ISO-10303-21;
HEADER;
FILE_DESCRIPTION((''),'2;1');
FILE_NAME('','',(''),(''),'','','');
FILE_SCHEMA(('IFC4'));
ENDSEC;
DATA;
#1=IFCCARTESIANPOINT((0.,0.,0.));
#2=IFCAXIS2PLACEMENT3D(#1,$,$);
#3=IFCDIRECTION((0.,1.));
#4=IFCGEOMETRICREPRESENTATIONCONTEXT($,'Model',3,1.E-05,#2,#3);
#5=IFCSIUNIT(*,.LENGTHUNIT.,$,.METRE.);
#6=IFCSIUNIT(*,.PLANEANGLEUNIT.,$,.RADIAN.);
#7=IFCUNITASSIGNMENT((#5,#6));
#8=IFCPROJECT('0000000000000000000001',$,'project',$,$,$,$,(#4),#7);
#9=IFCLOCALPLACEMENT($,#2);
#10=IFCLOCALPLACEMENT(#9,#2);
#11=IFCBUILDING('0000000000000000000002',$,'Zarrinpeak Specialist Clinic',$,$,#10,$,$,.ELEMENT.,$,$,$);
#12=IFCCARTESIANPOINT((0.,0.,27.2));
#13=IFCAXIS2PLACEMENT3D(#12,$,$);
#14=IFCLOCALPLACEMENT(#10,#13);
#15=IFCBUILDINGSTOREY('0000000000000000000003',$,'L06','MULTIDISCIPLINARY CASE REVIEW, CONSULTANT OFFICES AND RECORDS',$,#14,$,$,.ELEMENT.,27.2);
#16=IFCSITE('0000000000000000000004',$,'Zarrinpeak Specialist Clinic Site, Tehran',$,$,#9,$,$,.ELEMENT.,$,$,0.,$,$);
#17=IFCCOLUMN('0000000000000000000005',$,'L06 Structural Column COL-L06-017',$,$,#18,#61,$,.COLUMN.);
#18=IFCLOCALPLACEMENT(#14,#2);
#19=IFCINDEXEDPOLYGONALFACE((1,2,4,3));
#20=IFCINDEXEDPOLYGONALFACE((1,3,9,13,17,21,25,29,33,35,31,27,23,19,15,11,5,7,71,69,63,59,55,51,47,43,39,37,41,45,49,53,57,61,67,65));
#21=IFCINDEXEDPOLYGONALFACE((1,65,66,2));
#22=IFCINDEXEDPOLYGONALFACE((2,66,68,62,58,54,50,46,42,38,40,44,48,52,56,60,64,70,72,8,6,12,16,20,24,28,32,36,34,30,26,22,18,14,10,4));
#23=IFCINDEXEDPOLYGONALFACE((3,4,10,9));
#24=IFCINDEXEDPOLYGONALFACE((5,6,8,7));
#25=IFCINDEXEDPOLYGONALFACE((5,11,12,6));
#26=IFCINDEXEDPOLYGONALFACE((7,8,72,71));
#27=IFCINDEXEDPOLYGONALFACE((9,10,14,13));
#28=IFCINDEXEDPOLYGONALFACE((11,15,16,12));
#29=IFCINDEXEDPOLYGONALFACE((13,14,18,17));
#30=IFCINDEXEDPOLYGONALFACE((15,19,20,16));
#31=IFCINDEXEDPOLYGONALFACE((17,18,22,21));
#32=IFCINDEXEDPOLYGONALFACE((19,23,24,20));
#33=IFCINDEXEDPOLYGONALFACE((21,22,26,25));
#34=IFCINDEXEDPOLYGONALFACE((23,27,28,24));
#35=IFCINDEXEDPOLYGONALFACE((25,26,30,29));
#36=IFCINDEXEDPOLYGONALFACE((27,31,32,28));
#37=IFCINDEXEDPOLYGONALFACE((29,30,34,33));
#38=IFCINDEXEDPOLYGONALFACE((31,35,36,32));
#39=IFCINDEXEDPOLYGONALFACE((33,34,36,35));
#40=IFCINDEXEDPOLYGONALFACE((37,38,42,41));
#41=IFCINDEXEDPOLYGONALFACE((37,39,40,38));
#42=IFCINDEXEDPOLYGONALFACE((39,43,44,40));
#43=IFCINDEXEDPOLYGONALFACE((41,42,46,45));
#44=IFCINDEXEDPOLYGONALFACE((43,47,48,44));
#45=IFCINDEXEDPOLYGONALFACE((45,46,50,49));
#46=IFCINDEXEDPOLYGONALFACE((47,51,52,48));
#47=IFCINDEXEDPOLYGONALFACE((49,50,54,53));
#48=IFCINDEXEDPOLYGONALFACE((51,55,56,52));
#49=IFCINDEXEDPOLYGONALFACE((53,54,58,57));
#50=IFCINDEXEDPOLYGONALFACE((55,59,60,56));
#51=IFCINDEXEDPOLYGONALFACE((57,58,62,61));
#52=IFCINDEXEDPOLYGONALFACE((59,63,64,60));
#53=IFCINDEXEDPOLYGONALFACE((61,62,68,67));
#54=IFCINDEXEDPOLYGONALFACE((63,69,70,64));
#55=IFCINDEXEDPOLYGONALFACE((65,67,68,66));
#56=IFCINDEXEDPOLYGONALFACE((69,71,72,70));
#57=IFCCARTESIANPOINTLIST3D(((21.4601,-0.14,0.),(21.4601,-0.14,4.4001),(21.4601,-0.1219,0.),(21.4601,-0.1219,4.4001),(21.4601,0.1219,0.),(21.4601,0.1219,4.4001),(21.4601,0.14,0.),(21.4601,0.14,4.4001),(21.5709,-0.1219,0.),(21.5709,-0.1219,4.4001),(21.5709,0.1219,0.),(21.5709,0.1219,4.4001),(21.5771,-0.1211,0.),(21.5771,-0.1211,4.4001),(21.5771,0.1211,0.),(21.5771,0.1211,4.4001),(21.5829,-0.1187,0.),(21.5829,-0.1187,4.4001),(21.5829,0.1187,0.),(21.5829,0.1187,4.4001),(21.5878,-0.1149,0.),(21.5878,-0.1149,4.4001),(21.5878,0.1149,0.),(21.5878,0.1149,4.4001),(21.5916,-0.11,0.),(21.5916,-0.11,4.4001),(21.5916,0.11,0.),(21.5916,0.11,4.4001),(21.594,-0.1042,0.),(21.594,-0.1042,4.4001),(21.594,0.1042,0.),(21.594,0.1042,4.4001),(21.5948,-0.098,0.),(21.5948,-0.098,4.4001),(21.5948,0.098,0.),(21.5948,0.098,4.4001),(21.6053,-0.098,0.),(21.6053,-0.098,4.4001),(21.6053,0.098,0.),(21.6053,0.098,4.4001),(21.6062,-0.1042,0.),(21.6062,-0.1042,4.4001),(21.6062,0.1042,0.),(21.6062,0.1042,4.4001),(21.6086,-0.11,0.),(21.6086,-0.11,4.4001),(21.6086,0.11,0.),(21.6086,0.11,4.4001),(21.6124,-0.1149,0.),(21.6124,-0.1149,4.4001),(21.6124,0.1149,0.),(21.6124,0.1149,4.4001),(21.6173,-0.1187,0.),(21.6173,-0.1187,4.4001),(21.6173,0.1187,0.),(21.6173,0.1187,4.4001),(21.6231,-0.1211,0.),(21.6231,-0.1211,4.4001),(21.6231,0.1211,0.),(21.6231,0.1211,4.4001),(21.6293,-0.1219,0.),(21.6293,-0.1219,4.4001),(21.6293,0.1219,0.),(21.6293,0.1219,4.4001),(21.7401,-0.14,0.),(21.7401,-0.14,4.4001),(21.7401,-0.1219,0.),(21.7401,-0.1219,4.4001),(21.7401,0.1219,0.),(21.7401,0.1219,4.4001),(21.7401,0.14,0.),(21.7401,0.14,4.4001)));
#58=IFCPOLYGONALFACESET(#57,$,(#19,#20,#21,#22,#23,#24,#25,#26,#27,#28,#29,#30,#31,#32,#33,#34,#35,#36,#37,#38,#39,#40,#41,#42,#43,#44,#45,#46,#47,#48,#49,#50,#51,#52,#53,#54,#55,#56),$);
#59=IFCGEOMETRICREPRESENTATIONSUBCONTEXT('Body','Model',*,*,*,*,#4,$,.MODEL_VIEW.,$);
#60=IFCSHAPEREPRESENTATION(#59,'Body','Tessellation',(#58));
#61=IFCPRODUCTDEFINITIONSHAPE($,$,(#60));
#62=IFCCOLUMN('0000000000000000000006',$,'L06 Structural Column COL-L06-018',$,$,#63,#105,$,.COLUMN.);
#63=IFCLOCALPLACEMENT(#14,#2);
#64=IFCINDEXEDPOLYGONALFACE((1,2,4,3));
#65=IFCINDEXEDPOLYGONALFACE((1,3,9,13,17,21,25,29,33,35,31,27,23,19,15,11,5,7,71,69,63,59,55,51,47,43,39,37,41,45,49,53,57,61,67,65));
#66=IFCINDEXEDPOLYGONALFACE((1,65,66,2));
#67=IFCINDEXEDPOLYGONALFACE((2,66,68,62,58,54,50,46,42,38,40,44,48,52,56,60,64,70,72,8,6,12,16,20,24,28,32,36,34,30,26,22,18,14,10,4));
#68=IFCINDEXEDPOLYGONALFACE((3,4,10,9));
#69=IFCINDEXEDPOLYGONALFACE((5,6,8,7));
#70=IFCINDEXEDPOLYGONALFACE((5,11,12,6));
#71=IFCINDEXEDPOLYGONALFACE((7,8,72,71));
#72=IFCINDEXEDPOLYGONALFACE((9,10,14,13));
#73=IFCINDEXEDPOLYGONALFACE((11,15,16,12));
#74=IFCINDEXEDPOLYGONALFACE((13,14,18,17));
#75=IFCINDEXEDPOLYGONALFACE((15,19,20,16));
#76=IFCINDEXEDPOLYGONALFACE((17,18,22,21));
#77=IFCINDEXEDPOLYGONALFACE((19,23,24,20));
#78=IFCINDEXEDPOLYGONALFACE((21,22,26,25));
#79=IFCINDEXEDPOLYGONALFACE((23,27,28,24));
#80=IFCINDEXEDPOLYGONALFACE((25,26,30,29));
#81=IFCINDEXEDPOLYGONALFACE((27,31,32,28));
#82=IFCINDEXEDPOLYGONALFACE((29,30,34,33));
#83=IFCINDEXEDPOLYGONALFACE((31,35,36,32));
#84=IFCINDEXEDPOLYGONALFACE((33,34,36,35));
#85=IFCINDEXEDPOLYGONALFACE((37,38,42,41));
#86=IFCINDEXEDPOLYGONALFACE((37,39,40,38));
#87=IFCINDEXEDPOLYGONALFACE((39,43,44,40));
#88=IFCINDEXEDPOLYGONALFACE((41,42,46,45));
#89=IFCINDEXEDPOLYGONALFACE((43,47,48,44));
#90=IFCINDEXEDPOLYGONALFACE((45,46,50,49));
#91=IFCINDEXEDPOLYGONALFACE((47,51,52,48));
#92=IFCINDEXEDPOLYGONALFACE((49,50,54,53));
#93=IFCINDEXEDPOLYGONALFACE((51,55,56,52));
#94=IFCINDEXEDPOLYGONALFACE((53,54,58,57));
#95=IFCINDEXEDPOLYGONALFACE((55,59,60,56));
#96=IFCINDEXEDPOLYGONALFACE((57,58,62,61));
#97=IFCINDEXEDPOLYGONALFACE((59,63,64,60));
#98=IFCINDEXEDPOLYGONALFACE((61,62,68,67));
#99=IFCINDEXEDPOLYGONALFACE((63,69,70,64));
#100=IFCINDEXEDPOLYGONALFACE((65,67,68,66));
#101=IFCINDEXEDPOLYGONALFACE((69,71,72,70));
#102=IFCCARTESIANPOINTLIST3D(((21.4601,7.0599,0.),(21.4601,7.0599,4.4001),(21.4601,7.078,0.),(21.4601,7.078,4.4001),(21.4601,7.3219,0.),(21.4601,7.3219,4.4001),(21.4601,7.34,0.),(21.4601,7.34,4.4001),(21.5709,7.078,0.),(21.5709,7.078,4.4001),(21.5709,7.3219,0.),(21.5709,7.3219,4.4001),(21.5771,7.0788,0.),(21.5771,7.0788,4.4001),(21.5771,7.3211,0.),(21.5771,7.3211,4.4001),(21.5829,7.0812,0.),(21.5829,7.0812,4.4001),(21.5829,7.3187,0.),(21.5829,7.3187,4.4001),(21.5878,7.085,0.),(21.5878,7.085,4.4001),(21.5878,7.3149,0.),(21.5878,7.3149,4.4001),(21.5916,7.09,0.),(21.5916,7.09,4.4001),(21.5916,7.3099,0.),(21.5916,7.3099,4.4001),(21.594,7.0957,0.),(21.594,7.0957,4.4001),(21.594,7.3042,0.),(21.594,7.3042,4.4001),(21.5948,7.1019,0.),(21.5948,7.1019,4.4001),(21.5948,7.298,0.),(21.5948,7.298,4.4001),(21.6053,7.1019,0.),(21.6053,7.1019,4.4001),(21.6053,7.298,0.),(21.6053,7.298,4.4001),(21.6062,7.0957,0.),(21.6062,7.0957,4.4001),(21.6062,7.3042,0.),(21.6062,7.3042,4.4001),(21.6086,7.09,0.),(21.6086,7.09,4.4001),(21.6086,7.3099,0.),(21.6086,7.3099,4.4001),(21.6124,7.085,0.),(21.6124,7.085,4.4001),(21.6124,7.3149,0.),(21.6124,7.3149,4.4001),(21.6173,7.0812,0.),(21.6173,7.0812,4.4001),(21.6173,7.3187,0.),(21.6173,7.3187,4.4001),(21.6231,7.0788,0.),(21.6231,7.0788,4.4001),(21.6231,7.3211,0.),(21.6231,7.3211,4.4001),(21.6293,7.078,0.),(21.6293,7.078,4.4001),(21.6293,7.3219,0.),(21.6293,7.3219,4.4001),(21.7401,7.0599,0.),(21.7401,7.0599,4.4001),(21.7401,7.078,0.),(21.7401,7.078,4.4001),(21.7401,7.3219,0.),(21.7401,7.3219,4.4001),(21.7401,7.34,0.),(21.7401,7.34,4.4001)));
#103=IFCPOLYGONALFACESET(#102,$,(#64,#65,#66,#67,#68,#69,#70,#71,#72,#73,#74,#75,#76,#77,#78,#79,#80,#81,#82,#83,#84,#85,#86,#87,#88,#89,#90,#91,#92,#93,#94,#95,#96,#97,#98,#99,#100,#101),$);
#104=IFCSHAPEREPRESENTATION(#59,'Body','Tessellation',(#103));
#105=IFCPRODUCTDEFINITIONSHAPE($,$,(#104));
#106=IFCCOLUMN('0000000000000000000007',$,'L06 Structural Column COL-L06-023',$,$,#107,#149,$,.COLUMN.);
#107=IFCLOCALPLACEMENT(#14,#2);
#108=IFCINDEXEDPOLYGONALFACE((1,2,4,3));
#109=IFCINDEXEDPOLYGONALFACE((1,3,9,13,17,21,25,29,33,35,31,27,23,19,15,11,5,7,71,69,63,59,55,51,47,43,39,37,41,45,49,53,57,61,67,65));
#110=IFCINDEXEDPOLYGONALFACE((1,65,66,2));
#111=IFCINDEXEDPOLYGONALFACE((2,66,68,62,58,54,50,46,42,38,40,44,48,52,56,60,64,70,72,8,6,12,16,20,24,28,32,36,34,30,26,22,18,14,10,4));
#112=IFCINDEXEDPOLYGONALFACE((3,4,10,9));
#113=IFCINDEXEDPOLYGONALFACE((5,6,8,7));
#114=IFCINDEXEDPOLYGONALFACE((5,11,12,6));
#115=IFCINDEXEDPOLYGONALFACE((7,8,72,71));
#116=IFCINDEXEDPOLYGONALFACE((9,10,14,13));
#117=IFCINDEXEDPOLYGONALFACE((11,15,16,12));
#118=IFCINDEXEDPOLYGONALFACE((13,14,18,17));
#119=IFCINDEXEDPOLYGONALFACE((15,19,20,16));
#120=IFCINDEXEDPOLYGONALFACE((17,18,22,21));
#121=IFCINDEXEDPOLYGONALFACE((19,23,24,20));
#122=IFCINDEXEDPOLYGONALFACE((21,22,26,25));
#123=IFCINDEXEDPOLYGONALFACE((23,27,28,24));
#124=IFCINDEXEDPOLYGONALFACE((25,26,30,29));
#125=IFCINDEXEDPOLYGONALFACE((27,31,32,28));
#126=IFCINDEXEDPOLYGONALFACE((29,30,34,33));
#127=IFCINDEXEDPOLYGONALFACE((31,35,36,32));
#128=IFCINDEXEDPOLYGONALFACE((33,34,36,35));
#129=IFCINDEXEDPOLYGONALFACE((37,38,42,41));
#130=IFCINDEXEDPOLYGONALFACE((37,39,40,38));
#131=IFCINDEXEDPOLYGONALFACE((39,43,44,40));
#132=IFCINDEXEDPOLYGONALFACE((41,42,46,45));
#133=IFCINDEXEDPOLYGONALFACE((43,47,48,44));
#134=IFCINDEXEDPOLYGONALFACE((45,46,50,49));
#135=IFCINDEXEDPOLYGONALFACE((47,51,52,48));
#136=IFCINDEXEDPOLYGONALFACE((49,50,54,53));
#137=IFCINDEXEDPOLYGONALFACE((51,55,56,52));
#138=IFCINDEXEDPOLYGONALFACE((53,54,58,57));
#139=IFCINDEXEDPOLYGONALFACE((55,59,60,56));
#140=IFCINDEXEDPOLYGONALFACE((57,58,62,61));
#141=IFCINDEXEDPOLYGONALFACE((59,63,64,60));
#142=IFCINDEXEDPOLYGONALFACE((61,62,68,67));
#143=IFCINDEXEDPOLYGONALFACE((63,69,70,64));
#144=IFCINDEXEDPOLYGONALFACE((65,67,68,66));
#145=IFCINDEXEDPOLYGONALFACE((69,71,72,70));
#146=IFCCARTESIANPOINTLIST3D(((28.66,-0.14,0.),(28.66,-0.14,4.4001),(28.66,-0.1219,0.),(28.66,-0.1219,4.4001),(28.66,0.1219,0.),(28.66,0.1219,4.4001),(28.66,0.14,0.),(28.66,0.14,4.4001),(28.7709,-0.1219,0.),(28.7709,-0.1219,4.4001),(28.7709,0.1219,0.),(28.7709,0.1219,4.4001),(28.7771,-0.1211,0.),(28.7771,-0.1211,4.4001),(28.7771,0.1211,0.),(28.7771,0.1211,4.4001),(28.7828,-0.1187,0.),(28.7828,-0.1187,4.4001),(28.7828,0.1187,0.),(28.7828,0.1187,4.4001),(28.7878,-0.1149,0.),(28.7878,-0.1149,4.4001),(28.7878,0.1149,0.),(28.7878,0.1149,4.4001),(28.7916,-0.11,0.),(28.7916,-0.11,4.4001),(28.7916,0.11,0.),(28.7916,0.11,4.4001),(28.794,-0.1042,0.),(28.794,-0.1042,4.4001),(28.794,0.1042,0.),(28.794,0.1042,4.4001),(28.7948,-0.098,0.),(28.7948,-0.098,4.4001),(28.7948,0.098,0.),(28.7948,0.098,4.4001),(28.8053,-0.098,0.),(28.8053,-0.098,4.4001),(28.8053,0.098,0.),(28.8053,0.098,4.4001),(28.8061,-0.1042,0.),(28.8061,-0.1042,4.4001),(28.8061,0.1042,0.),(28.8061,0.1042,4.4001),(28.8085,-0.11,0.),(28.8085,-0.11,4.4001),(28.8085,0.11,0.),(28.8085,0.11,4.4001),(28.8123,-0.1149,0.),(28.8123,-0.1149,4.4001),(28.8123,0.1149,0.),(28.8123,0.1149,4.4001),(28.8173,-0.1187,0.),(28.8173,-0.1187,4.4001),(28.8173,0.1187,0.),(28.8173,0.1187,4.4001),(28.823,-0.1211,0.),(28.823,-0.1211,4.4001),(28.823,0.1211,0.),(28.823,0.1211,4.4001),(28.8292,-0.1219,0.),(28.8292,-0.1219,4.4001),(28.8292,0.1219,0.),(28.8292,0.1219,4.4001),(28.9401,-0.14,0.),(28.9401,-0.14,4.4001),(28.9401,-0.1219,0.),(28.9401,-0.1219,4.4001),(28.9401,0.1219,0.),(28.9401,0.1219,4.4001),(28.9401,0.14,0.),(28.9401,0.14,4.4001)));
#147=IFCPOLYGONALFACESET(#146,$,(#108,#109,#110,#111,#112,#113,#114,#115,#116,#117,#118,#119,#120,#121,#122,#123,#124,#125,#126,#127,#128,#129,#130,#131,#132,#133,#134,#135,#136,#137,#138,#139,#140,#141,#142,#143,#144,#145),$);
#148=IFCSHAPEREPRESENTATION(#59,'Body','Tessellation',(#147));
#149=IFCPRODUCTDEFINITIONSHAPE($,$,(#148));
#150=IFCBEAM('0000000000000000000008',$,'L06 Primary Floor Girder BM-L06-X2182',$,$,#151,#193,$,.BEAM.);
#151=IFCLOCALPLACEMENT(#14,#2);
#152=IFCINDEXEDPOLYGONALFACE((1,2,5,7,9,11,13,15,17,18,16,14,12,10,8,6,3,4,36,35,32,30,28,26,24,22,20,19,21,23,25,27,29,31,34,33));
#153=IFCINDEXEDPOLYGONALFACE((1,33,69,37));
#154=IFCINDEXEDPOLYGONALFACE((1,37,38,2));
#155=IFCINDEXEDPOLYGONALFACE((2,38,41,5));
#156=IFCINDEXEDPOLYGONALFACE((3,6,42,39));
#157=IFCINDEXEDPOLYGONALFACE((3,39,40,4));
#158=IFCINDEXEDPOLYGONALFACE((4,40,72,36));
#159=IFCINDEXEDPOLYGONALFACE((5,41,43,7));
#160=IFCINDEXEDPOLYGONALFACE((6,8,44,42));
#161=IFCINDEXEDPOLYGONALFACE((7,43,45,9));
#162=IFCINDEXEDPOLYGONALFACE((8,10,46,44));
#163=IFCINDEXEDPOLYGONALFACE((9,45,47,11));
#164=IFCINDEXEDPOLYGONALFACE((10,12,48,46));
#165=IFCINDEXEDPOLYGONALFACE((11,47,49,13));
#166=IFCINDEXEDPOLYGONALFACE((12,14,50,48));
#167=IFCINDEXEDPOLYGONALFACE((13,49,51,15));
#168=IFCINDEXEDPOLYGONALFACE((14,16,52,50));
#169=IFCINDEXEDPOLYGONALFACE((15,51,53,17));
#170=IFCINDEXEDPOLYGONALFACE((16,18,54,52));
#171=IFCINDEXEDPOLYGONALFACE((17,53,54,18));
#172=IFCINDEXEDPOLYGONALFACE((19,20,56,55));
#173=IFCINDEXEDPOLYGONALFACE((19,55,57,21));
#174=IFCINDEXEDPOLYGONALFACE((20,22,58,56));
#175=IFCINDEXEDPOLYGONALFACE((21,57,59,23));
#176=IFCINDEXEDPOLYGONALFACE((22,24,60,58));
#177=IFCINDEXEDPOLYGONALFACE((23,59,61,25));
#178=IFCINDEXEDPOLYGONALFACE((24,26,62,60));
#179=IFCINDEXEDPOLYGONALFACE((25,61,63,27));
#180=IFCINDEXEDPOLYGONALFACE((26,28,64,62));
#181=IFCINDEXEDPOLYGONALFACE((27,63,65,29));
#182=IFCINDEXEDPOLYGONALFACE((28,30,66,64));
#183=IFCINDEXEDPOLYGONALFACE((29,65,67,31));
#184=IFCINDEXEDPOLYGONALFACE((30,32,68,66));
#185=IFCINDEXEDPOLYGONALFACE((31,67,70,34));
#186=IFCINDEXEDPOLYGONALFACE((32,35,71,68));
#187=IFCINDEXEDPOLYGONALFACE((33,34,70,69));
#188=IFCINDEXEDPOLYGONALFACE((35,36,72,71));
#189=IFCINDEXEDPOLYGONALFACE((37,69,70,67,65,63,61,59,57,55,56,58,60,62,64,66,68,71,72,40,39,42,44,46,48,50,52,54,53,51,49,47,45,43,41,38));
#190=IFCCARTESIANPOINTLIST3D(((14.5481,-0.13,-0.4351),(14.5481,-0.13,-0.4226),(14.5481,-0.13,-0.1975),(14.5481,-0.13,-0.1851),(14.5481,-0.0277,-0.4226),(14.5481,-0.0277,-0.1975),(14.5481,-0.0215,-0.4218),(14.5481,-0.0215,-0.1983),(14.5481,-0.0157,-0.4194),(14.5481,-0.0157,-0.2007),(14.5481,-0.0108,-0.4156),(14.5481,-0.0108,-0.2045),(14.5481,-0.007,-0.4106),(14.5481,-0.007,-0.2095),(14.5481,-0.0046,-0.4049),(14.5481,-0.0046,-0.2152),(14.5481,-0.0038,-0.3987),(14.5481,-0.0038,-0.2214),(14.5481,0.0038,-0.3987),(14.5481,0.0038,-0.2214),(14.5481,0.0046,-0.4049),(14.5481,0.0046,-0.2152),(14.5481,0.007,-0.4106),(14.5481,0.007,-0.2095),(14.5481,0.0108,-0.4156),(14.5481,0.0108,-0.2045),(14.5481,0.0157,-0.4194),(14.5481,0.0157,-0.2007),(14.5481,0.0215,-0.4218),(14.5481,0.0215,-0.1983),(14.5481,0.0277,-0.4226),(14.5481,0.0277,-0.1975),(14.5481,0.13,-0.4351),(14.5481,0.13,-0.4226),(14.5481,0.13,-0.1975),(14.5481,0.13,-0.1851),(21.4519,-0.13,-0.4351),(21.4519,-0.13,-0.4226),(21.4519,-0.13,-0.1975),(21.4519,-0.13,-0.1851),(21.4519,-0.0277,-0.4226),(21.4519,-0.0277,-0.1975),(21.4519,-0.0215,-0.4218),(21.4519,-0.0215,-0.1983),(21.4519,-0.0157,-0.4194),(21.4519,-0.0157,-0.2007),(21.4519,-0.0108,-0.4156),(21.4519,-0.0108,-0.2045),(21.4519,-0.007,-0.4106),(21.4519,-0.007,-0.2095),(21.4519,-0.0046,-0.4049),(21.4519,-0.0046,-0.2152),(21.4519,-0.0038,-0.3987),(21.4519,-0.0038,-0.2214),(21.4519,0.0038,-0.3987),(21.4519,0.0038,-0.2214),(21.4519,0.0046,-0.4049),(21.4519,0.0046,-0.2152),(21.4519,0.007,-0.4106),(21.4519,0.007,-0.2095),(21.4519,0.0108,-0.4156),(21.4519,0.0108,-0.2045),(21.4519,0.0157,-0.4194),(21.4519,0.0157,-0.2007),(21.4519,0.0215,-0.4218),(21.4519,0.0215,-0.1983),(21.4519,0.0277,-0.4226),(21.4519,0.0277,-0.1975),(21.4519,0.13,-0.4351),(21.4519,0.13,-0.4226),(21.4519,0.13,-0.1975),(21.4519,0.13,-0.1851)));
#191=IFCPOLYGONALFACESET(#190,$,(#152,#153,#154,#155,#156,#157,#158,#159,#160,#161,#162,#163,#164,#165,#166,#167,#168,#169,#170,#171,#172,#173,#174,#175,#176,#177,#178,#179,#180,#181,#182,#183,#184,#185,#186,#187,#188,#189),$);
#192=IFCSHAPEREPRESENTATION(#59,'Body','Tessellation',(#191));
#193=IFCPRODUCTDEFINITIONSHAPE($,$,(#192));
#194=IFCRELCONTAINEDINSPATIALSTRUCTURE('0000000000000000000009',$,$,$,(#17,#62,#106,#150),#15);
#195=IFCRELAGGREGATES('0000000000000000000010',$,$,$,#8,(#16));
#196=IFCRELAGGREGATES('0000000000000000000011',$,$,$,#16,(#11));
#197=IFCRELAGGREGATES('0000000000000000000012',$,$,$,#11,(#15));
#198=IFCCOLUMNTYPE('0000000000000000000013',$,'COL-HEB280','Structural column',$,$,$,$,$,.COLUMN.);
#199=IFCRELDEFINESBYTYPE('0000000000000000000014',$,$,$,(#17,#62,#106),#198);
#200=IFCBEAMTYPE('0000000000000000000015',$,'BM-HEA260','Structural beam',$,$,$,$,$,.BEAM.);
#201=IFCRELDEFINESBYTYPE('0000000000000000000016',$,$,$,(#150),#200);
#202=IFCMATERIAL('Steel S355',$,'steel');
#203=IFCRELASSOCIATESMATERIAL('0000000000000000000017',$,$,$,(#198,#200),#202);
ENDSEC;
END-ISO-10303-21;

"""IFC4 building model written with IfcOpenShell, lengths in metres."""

from ifc_helpers import new_model, si_unit, direction, frame, origin, origin_2d, place, context, subcontext, project, spatial, i_section, extrude, material, material_profile, profile_set, type_object, element, save


model = new_model("IFC4")

# Units and contexts
model_context = context("Model", 3, precision=1e-05, world=origin(), true_north=direction((0.0, 1.0)))
body_context = subcontext(model_context, "Body", "Model", "MODEL_VIEW")
ifc_project = project(units=[si_unit("LENGTHUNIT", "METRE"), si_unit("PLANEANGLEUNIT", "RADIAN")], contexts=[model_context])

# Site, building, storey
site_placement = place(None, origin())
site = spatial("IfcSite", under=ifc_project, at=site_placement, Name="Zarrinpeak Specialist Clinic Site, Tehran", CompositionType="ELEMENT", RefElevation=0.0)
building_placement = place(site_placement, origin())
building = spatial("IfcBuilding", under=site, at=building_placement, Name="Zarrinpeak Specialist Clinic", CompositionType="ELEMENT")
storey_placement = place(building_placement, frame((0.0, 0.0, 27.2)))
storey = spatial("IfcBuildingStorey", under=building, at=storey_placement, Name="L06", Description="MULTIDISCIPLINARY CASE REVIEW, CONSULTANT OFFICES AND RECORDS", CompositionType="ELEMENT", Elevation=27.2)

# Columns
ifc_material_1 = material(Name="Steel S355", Category="steel")
ifc_material_profile_1 = material_profile(ifc_material_1, i_section(OverallWidth=0.28, OverallDepth=0.28, WebThickness=0.0105, FlangeThickness=0.0181, FilletRadius=0.0239, at=origin_2d()), Name="HEB 280")
ifc_profile_set_1 = profile_set([ifc_material_profile_1], Name="Steel S355")
column_type = type_object("IfcColumnType", Name="COL-HEB280", Description="Structural column", PredefinedType="COLUMN", material=ifc_profile_set_1)
for number, where, z_axis, x_axis, name in (
    (1, (21.6001, 0.0, 0.0), (0.0, 0.0, 1.0), (1.0, 0.0, 0.0), "L06 Structural Column COL-L06-017"),
    (2, (21.6001, 7.2, 0.0), (0.0, 0.0, 1.0), (1.0, 0.0, 0.0), "L06 Structural Column COL-L06-018"),
    (3, (28.8, 0.0, 0.0), (0.0, 0.0, 1.0), (1.0, 0.0, 0.0), "L06 Structural Column COL-L06-023"),
):
    element("IfcColumn", number, at=place(storey_placement, frame(where, z_axis=z_axis, x_axis=x_axis)), inside=storey, type_object=column_type, Name=name, PredefinedType="COLUMN", context=body_context, shape_type="SweptSolid", body=[
        extrude(i_section(OverallWidth=0.28, OverallDepth=0.28, WebThickness=0.0105, FlangeThickness=0.0181, FilletRadius=0.0239, at=origin_2d()), origin(), (0.0, 0.0, 1.0), 4.4001),
    ])

# Beam
ifc_material_profile_2 = material_profile(ifc_material_1, i_section(OverallWidth=0.26, OverallDepth=0.25, WebThickness=0.0076, FlangeThickness=0.0125, FilletRadius=0.0239, at=origin_2d()), Name="HEA 260")
ifc_profile_set_2 = profile_set([ifc_material_profile_2], Name="Steel S355")
beam_type_1 = type_object("IfcBeamType", Name="BM-HEA260", Description="Structural beam", PredefinedType="BEAM", material=ifc_profile_set_2)
beam_1_placement = place(storey_placement, frame((14.5481, 0.0, -0.3101), z_axis=(1.0, 0.0, 0.0), x_axis=(0.0, 1.0, 0.0)))
element("IfcBeam", 4, at=beam_1_placement, inside=storey, type_object=beam_type_1, Name="L06 Primary Floor Girder BM-L06-X2182", PredefinedType="BEAM", context=body_context, shape_type="SweptSolid", body=[
    extrude(i_section(OverallWidth=0.26, OverallDepth=0.25, WebThickness=0.0076, FlangeThickness=0.0125, FilletRadius=0.0239, at=origin_2d()), origin(), (0.0, 0.0, 1.0), 6.9038),
])

save(model, "model.ifc")
